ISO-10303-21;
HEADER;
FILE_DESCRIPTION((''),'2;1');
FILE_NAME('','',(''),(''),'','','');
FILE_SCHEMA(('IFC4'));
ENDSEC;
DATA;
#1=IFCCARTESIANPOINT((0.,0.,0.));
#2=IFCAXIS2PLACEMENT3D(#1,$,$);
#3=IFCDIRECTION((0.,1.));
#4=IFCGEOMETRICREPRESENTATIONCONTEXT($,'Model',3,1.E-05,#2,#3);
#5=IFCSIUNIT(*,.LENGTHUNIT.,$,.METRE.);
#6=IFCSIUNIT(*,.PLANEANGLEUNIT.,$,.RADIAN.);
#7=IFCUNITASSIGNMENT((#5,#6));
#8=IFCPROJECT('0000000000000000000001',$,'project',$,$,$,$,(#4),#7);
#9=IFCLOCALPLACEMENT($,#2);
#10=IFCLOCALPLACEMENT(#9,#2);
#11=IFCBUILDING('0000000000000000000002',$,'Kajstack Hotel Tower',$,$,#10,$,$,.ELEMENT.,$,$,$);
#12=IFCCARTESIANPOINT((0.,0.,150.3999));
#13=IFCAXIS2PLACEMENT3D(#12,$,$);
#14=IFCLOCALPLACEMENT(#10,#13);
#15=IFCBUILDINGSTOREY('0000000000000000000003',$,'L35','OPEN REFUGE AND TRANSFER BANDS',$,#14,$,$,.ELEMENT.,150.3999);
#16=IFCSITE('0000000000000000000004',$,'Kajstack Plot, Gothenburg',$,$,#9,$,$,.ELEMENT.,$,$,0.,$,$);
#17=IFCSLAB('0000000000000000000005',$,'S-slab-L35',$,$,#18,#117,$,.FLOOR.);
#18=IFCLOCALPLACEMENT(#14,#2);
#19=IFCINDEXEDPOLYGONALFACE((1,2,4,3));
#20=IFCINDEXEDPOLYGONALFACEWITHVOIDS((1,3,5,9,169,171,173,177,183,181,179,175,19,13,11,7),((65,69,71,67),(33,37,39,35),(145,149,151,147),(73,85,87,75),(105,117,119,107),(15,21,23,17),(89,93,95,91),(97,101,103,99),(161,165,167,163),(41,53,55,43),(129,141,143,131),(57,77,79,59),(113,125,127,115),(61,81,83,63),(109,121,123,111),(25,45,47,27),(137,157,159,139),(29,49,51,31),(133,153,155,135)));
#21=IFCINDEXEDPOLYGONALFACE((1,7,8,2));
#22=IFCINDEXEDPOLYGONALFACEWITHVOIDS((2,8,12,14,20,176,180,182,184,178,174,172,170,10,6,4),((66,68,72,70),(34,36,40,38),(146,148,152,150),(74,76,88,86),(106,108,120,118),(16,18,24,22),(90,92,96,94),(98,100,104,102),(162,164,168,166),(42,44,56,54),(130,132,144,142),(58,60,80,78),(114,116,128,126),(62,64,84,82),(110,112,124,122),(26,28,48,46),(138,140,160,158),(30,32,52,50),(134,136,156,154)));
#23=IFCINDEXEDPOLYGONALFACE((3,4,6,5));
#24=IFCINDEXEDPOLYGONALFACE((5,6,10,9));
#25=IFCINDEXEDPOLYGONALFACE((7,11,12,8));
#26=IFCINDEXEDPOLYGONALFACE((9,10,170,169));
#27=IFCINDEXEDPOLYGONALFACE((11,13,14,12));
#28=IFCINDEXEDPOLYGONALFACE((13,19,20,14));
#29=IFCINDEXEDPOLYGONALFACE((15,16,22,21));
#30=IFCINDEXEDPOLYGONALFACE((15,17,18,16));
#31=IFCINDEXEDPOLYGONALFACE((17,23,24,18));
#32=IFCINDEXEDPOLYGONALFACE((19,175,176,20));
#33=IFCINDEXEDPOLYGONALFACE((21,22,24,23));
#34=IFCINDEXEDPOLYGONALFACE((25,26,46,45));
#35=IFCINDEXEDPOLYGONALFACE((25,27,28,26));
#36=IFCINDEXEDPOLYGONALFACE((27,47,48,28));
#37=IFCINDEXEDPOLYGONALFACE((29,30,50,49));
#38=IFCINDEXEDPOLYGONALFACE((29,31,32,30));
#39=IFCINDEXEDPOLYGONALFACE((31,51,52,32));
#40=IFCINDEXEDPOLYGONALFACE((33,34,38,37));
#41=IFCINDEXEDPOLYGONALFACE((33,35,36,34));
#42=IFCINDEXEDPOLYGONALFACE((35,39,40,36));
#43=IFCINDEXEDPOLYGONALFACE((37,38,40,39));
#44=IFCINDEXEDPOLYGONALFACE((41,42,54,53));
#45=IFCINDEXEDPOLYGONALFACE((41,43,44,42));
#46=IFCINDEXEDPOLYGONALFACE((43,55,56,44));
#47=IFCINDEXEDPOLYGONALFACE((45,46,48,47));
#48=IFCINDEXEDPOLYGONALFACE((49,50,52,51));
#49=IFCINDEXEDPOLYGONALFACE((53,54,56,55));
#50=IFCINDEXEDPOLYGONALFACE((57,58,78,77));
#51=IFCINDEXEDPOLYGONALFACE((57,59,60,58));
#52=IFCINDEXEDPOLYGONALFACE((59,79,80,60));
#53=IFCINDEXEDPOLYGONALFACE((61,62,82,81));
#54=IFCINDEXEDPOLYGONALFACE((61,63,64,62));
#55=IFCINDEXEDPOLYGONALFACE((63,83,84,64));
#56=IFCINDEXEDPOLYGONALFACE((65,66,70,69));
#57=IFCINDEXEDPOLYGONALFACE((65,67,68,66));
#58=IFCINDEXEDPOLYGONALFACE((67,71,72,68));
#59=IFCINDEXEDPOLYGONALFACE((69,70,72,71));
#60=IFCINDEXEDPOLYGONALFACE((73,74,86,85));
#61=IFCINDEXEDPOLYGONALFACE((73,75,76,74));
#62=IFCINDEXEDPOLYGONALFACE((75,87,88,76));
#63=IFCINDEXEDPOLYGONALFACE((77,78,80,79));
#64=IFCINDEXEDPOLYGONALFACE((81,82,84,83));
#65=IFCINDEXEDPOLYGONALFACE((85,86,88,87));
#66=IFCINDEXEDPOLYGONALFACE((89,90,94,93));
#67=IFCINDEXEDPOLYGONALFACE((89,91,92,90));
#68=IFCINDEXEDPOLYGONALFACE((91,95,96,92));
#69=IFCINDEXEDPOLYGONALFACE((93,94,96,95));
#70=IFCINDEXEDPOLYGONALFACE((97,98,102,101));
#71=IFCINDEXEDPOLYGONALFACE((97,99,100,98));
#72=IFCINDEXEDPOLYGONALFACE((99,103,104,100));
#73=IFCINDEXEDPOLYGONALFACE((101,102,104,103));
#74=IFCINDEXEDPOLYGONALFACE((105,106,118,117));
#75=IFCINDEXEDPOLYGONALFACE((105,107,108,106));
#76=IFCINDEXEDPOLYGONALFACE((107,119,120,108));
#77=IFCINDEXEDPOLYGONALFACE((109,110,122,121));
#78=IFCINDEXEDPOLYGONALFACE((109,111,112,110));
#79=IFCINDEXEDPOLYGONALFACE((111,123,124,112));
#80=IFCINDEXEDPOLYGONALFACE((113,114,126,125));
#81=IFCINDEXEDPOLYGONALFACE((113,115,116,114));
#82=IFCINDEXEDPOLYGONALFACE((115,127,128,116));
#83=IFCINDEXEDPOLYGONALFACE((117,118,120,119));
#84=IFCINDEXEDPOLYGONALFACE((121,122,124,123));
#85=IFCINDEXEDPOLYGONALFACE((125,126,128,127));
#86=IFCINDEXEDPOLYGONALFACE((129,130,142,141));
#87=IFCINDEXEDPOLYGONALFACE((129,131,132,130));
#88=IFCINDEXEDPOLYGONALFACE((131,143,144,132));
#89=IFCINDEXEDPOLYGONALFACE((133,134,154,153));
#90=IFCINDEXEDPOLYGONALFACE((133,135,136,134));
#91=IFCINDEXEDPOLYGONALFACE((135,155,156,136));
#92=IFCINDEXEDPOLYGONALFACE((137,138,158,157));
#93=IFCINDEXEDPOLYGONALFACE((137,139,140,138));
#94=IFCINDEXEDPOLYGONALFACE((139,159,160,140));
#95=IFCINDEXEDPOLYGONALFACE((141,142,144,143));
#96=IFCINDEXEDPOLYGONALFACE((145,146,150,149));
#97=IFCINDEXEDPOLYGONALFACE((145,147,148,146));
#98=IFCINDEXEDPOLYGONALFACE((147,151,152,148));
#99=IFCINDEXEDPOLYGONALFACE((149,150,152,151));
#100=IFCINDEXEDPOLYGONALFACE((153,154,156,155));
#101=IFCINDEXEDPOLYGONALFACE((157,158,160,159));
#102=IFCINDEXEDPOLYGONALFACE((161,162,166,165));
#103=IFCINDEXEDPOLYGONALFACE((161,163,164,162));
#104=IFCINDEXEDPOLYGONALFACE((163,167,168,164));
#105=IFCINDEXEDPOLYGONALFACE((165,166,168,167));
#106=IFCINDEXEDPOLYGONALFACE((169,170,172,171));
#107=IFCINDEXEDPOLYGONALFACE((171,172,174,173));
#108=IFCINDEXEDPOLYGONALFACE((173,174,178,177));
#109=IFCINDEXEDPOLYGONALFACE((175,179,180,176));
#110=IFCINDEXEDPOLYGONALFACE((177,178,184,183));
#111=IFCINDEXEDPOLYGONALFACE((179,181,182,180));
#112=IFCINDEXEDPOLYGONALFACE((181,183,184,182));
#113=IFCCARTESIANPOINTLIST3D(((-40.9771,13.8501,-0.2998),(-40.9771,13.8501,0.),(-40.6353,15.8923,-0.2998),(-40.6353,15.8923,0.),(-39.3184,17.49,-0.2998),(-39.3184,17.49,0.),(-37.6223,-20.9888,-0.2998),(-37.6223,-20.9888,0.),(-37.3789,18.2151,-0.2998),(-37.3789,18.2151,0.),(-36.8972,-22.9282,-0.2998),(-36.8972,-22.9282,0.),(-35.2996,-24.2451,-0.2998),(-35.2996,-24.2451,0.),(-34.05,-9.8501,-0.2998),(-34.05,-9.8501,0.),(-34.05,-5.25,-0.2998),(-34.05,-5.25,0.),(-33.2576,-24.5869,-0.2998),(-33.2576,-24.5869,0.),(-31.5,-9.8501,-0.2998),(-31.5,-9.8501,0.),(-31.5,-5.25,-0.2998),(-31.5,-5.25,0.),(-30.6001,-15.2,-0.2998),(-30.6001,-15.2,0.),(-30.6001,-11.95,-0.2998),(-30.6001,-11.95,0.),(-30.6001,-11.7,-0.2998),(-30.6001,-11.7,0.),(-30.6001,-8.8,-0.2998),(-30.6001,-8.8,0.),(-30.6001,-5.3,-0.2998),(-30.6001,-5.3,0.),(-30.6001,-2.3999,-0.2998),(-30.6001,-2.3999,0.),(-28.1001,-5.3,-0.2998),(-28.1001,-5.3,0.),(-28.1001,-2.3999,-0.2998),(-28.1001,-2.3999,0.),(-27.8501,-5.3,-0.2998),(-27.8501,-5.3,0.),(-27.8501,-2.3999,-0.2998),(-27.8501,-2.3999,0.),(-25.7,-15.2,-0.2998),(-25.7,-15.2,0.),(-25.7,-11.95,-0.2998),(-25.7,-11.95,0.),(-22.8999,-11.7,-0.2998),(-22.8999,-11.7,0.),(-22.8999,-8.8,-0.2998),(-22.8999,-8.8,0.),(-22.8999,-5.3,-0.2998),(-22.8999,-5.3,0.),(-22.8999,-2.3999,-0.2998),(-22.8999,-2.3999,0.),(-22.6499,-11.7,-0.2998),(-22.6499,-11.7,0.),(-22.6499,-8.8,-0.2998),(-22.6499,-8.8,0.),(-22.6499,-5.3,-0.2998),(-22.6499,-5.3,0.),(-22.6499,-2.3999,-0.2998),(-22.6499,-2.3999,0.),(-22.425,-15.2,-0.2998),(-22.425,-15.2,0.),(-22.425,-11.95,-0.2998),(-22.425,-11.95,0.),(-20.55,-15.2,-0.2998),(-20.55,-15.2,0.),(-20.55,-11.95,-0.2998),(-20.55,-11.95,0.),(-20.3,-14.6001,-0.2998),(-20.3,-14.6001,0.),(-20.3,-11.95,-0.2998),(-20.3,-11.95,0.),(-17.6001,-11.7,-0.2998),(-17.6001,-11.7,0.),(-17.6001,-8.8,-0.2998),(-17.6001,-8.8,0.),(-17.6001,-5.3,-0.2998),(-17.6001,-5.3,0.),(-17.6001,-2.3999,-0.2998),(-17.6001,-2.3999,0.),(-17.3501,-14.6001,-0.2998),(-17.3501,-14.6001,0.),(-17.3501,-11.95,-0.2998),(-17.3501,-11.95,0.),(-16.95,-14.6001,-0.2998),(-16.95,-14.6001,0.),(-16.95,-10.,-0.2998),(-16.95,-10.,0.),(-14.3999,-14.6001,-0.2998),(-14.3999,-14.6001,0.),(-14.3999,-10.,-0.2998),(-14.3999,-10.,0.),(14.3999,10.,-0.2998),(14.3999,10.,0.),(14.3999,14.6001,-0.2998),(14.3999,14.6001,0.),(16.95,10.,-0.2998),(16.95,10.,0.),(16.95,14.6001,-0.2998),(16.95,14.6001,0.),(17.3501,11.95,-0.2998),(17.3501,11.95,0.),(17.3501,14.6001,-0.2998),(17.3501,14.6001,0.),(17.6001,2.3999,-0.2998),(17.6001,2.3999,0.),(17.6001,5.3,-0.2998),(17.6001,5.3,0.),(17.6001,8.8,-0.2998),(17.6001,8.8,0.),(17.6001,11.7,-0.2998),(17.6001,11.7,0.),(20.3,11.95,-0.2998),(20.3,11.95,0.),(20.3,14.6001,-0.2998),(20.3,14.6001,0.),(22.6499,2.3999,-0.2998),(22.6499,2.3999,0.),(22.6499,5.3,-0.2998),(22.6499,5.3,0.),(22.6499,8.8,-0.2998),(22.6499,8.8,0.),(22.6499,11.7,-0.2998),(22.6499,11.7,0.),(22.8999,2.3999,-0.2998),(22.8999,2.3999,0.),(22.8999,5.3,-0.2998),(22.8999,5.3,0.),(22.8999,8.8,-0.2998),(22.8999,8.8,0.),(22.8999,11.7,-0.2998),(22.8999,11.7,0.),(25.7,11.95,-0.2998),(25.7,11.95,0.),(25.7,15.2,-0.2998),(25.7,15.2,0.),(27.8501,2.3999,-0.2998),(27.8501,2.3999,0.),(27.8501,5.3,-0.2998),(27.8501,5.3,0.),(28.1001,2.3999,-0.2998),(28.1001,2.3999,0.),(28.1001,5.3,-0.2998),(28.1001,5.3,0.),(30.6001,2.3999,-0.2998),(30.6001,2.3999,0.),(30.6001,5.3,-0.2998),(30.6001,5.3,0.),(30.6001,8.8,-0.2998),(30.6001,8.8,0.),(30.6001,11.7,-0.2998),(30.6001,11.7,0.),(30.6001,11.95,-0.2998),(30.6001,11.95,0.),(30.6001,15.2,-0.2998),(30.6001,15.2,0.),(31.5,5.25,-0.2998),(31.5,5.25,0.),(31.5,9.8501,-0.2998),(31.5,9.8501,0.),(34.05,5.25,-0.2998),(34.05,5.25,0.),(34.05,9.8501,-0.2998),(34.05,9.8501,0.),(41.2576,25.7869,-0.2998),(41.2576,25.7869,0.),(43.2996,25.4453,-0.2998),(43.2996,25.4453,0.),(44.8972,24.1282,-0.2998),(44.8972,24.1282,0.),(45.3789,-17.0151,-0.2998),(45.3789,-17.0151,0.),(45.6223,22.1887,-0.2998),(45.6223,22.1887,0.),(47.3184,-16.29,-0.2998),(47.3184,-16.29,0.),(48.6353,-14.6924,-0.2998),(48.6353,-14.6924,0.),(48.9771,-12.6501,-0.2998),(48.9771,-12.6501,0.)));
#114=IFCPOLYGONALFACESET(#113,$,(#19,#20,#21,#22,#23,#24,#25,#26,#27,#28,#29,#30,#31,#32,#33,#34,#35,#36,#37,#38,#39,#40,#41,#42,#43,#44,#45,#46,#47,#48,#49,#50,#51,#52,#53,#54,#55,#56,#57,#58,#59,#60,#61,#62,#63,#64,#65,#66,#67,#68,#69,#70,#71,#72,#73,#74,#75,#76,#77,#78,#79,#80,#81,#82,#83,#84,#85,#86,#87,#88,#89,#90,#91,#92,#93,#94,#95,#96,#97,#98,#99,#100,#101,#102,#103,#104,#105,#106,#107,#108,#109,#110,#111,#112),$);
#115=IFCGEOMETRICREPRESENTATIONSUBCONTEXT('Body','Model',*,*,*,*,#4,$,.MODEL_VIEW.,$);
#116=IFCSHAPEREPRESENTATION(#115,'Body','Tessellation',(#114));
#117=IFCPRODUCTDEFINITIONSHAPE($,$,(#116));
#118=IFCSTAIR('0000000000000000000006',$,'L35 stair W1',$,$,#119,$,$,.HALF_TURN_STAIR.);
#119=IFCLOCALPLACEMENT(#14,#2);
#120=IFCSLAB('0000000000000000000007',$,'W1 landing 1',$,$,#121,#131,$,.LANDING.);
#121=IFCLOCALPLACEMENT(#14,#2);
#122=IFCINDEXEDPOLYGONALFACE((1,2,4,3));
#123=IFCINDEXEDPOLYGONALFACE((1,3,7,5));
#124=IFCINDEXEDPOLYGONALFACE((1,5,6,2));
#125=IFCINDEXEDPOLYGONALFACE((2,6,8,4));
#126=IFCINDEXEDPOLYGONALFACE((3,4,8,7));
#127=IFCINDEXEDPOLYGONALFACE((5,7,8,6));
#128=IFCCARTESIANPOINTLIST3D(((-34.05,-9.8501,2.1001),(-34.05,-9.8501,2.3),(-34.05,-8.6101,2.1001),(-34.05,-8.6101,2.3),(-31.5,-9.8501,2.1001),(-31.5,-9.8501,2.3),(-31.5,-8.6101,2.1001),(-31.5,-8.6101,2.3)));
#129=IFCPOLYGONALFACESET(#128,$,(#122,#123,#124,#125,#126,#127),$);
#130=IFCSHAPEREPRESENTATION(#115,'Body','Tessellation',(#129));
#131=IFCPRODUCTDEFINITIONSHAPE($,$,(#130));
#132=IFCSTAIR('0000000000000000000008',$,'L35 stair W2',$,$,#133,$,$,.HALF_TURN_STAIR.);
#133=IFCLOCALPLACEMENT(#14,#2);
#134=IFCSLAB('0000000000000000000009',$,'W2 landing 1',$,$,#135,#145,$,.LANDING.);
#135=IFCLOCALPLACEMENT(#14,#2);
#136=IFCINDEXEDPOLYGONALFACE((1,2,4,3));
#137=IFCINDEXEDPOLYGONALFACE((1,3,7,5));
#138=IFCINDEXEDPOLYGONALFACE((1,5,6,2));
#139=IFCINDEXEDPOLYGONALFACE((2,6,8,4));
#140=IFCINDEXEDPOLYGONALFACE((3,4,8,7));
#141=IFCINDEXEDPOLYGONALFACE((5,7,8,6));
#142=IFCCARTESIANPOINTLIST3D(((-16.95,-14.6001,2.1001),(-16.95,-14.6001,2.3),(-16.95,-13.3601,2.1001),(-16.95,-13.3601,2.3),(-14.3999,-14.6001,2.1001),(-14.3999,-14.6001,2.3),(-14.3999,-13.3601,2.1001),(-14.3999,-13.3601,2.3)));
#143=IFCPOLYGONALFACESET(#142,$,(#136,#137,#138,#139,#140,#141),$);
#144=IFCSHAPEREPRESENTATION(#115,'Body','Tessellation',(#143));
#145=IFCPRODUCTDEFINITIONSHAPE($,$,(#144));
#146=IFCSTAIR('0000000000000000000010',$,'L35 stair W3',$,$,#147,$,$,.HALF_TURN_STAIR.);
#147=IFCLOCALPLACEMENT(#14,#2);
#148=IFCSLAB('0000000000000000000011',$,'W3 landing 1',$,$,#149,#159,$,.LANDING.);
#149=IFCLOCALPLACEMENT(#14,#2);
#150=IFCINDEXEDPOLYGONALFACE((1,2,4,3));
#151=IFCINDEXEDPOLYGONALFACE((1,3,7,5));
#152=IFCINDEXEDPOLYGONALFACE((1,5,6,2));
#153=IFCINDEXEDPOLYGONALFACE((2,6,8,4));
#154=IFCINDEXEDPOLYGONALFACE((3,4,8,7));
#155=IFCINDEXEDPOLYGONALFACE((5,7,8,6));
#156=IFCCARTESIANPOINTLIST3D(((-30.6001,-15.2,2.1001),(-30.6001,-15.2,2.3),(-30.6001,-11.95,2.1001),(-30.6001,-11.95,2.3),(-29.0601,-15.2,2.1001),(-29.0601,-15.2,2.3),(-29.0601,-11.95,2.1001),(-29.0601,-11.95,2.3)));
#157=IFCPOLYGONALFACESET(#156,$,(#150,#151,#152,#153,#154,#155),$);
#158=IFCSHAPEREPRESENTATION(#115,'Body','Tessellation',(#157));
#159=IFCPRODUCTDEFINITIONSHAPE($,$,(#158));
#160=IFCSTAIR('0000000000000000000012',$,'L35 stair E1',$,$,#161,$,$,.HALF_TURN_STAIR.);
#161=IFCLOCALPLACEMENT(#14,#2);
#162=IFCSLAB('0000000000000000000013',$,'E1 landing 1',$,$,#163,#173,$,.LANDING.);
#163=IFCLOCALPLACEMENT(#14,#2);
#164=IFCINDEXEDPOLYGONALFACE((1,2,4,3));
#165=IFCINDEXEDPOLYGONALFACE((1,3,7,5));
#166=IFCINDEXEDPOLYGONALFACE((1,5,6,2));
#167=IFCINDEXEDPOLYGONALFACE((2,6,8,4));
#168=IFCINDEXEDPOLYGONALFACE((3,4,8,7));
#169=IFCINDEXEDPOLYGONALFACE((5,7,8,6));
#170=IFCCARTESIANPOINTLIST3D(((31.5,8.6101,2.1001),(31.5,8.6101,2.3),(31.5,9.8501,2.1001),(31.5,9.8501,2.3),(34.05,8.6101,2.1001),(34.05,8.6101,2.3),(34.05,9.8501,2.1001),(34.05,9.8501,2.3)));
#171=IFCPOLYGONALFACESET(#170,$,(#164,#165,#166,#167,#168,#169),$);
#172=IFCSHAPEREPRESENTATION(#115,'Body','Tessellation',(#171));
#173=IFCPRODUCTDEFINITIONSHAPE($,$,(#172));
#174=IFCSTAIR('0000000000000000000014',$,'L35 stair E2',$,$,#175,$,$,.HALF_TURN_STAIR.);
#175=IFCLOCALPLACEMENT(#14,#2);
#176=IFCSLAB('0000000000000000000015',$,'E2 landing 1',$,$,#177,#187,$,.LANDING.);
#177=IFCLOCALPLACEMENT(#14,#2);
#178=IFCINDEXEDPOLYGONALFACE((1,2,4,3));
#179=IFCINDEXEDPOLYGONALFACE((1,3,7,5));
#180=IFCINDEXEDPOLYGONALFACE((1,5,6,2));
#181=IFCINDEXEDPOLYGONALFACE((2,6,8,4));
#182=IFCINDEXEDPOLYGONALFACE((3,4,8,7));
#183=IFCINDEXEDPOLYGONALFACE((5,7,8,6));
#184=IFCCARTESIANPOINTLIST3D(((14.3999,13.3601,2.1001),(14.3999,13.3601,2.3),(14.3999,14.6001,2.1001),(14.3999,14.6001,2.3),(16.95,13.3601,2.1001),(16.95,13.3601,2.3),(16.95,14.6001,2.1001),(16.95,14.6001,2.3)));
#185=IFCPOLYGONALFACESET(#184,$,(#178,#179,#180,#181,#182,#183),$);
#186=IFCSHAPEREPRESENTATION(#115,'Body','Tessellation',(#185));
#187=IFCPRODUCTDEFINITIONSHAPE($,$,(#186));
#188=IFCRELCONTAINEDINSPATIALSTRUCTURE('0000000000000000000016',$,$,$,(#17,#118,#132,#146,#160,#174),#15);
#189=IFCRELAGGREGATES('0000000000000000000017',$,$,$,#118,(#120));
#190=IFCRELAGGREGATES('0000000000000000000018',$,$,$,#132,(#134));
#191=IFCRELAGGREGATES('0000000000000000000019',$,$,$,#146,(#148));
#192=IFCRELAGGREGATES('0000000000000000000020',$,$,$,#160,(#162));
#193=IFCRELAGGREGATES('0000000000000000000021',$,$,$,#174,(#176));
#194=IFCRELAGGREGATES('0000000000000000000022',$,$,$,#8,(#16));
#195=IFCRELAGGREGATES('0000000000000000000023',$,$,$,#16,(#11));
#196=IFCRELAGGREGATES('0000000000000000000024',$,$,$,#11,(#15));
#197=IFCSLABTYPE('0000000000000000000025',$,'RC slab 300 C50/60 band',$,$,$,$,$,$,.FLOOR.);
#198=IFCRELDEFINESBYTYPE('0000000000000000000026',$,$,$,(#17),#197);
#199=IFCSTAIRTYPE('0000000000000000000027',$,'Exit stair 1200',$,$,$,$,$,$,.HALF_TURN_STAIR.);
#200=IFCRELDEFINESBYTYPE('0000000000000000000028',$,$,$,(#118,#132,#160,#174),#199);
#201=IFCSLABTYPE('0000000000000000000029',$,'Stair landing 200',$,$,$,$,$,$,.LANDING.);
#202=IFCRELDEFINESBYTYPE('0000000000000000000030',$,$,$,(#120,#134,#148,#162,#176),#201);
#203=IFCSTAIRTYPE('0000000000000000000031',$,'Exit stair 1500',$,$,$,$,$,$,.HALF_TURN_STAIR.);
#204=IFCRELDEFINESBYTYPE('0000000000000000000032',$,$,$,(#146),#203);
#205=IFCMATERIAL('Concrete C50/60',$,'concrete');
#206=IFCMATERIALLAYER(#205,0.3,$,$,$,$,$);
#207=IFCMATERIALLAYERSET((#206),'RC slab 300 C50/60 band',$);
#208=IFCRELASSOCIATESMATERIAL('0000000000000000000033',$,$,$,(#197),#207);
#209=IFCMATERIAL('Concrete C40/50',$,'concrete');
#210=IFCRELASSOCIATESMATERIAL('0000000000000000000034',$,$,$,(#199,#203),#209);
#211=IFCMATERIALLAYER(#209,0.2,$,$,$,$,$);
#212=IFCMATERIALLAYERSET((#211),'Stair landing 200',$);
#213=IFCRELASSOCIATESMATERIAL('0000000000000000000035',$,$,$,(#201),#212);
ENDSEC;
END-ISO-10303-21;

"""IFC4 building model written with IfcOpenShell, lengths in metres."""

from ifc_helpers import new_model, si_unit, direction, frame, origin, place, context, subcontext, project, spatial, polyline, outline, extrude, material, layer, layer_set, type_object, element, aggregate, save


model = new_model("IFC4")

# Units and contexts
model_context = context("Model", 3, precision=1e-05, world=origin(), true_north=direction((0.0, 1.0)))
body_context = subcontext(model_context, "Body", "Model", "MODEL_VIEW")
ifc_project = project(units=[si_unit("LENGTHUNIT", "METRE"), si_unit("PLANEANGLEUNIT", "RADIAN")], contexts=[model_context])

# Site, building, storey
site_placement = place(None, origin())
site = spatial("IfcSite", under=ifc_project, at=site_placement, Name="Kajstack Plot, Gothenburg", CompositionType="ELEMENT", RefElevation=0.0)
building_placement = place(site_placement, origin())
building = spatial("IfcBuilding", under=site, at=building_placement, Name="Kajstack Hotel Tower", CompositionType="ELEMENT")
storey_placement = place(building_placement, frame((0.0, 0.0, 150.3999)))
storey = spatial("IfcBuildingStorey", under=building, at=storey_placement, Name="L35", Description="OPEN REFUGE AND TRANSFER BANDS", CompositionType="ELEMENT", Elevation=150.3999)

# Slab
ifc_material_1 = material(Name="Concrete C50/60", Category="concrete")
ifc_layer_1 = layer(ifc_material_1, 0.3)
ifc_layer_set_1 = layer_set([ifc_layer_1], Name="RC slab 300 C50/60 band")
slab_type_1 = type_object("IfcSlabType", Name="RC slab 300 C50/60 band", PredefinedType="FLOOR", material=ifc_layer_set_1)
slab_1_placement = place(storey_placement, frame((0.0, 0.0, -0.2998)))
element("IfcSlab", 1, at=slab_1_placement, inside=storey, type_object=slab_type_1, Name="S-slab-L35", PredefinedType="FLOOR", context=body_context, shape_type="SweptSolid", body=[
    extrude(outline(polyline([(-40.9771, 13.8501), (-37.6223, -20.9888), (-36.8972, -22.9282), (-35.2996, -24.2451), (-33.2576, -24.5869), (45.3789, -17.0151), (47.3184, -16.29), (48.6353, -14.6924), (48.9771, -12.6501), (45.6223, 22.1887), (44.8972, 24.1282), (43.2996, 25.4453), (41.2576, 25.7869), (-37.3789, 18.2151), (-39.3184, 17.49), (-40.6353, 15.8923), (-40.9771, 13.8501)]), holes=[polyline([(-30.6001, -11.7), (-30.6001, -8.8), (-22.8999, -8.8), (-22.8999, -11.7), (-30.6001, -11.7)]), polyline([(-22.6499, -11.7), (-22.6499, -8.8), (-17.6001, -8.8), (-17.6001, -11.7), (-22.6499, -11.7)]), polyline([(-27.8501, -5.3), (-27.8501, -2.3999), (-22.8999, -2.3999), (-22.8999, -5.3), (-27.8501, -5.3)]), polyline([(-22.6499, -5.3), (-22.6499, -2.3999), (-17.6001, -2.3999), (-17.6001, -5.3), (-22.6499, -5.3)]), polyline([(-20.3, -14.6001), (-17.3501, -14.6001), (-17.3501, -11.95), (-20.3, -11.95), (-20.3, -14.6001)]), polyline([(-30.6001, -5.3), (-28.1001, -5.3), (-28.1001, -2.3999), (-30.6001, -2.3999), (-30.6001, -5.3)]), polyline([(22.8999, 8.8), (22.8999, 11.7), (30.6001, 11.7), (30.6001, 8.8), (22.8999, 8.8)]), polyline([(17.6001, 8.8), (17.6001, 11.7), (22.6499, 11.7), (22.6499, 8.8), (17.6001, 8.8)]), polyline([(22.8999, 2.3999), (22.8999, 5.3), (27.8501, 5.3), (27.8501, 2.3999), (22.8999, 2.3999)]), polyline([(17.6001, 2.3999), (17.6001, 5.3), (22.6499, 5.3), (22.6499, 2.3999), (17.6001, 2.3999)]), polyline([(20.3, 14.6001), (17.3501, 14.6001), (17.3501, 11.95), (20.3, 11.95), (20.3, 14.6001)]), polyline([(30.6001, 5.3), (28.1001, 5.3), (28.1001, 2.3999), (30.6001, 2.3999), (30.6001, 5.3)]), polyline([(-34.05, -9.8501), (-31.5, -9.8501), (-31.5, -5.25), (-34.05, -5.25), (-34.05, -9.8501)]), polyline([(-16.95, -14.6001), (-14.3999, -14.6001), (-14.3999, -10.0), (-16.95, -10.0), (-16.95, -14.6001)]), polyline([(-30.6001, -15.2), (-25.7, -15.2), (-25.7, -11.95), (-30.6001, -11.95), (-30.6001, -15.2)]), polyline([(34.05, 9.8501), (31.5, 9.8501), (31.5, 5.25), (34.05, 5.25), (34.05, 9.8501)]), polyline([(16.95, 14.6001), (14.3999, 14.6001), (14.3999, 10.0), (16.95, 10.0), (16.95, 14.6001)]), polyline([(30.6001, 15.2), (25.7, 15.2), (25.7, 11.95), (30.6001, 11.95), (30.6001, 15.2)]), polyline([(-22.425, -15.2), (-22.425, -11.95), (-20.55, -11.95), (-20.55, -15.2), (-22.425, -15.2)])]), origin(), (0.0, 0.0, 1.0), 0.2998),
])

# Stairs, slabs
ifc_material_2 = material(Name="Concrete C40/50", Category="concrete")
stair_type_1 = type_object("IfcStairType", Name="Exit stair 1200", PredefinedType="HALF_TURN_STAIR", material=ifc_material_2)
stair_1_placement = place(storey_placement, origin())
stair_1 = element("IfcStair", 2, at=stair_1_placement, inside=storey, type_object=stair_type_1, Name="L35 stair W1", PredefinedType="HALF_TURN_STAIR")
ifc_layer_2 = layer(ifc_material_2, 0.2)
ifc_layer_set_2 = layer_set([ifc_layer_2], Name="Stair landing 200")
slab_type_2 = type_object("IfcSlabType", Name="Stair landing 200", PredefinedType="LANDING", material=ifc_layer_set_2)
slab_2_placement = place(storey_placement, frame((0.0, 0.0, 2.1001)))
slab_2 = element("IfcSlab", 3, at=slab_2_placement, type_object=slab_type_2, Name="W1 landing 1", PredefinedType="LANDING", context=body_context, shape_type="SweptSolid", body=[
    extrude(outline(polyline([(-34.05, -8.6101), (-34.05, -9.8501), (-31.5, -9.8501), (-31.5, -8.6101), (-34.05, -8.6101)])), origin(), (0.0, 0.0, 1.0), 0.2),
])
aggregate(stair_1, [slab_2])
stair_2_placement = place(storey_placement, origin())
stair_2 = element("IfcStair", 4, at=stair_2_placement, inside=storey, type_object=stair_type_1, Name="L35 stair W2", PredefinedType="HALF_TURN_STAIR")
slab_3_placement = place(storey_placement, frame((0.0, 0.0, 2.1001)))
slab_3 = element("IfcSlab", 5, at=slab_3_placement, type_object=slab_type_2, Name="W2 landing 1", PredefinedType="LANDING", context=body_context, shape_type="SweptSolid", body=[
    extrude(outline(polyline([(-16.95, -13.3601), (-16.95, -14.6001), (-14.3999, -14.6001), (-14.3999, -13.3601), (-16.95, -13.3601)])), origin(), (0.0, 0.0, 1.0), 0.2),
])
aggregate(stair_2, [slab_3])
stair_type_2 = type_object("IfcStairType", Name="Exit stair 1500", PredefinedType="HALF_TURN_STAIR", material=ifc_material_2)
stair_3_placement = place(storey_placement, origin())
stair_3 = element("IfcStair", 6, at=stair_3_placement, inside=storey, type_object=stair_type_2, Name="L35 stair W3", PredefinedType="HALF_TURN_STAIR")
slab_4_placement = place(storey_placement, frame((0.0, 0.0, 2.1001)))
slab_4 = element("IfcSlab", 7, at=slab_4_placement, type_object=slab_type_2, Name="W3 landing 1", PredefinedType="LANDING", context=body_context, shape_type="SweptSolid", body=[
    extrude(outline(polyline([(-29.0601, -11.95), (-30.6001, -11.95), (-30.6001, -15.2), (-29.0601, -15.2), (-29.0601, -11.95)])), origin(), (0.0, 0.0, 1.0), 0.2),
])
aggregate(stair_3, [slab_4])
stair_4_placement = place(storey_placement, origin())
stair_4 = element("IfcStair", 8, at=stair_4_placement, inside=storey, type_object=stair_type_1, Name="L35 stair E1", PredefinedType="HALF_TURN_STAIR")
slab_5_placement = place(storey_placement, frame((0.0, 0.0, 2.1001)))
slab_5 = element("IfcSlab", 9, at=slab_5_placement, type_object=slab_type_2, Name="E1 landing 1", PredefinedType="LANDING", context=body_context, shape_type="SweptSolid", body=[
    extrude(outline(polyline([(34.05, 8.6101), (34.05, 9.8501), (31.5, 9.8501), (31.5, 8.6101), (34.05, 8.6101)])), origin(), (0.0, 0.0, 1.0), 0.2),
])
aggregate(stair_4, [slab_5])
stair_5_placement = place(storey_placement, origin())
stair_5 = element("IfcStair", 10, at=stair_5_placement, inside=storey, type_object=stair_type_1, Name="L35 stair E2", PredefinedType="HALF_TURN_STAIR")
slab_6_placement = place(storey_placement, frame((0.0, 0.0, 2.1001)))
slab_6 = element("IfcSlab", 11, at=slab_6_placement, type_object=slab_type_2, Name="E2 landing 1", PredefinedType="LANDING", context=body_context, shape_type="SweptSolid", body=[
    extrude(outline(polyline([(16.95, 13.3601), (16.95, 14.6001), (14.3999, 14.6001), (14.3999, 13.3601), (16.95, 13.3601)])), origin(), (0.0, 0.0, 1.0), 0.2),
])
aggregate(stair_5, [slab_6])

save(model, "model.ifc")
